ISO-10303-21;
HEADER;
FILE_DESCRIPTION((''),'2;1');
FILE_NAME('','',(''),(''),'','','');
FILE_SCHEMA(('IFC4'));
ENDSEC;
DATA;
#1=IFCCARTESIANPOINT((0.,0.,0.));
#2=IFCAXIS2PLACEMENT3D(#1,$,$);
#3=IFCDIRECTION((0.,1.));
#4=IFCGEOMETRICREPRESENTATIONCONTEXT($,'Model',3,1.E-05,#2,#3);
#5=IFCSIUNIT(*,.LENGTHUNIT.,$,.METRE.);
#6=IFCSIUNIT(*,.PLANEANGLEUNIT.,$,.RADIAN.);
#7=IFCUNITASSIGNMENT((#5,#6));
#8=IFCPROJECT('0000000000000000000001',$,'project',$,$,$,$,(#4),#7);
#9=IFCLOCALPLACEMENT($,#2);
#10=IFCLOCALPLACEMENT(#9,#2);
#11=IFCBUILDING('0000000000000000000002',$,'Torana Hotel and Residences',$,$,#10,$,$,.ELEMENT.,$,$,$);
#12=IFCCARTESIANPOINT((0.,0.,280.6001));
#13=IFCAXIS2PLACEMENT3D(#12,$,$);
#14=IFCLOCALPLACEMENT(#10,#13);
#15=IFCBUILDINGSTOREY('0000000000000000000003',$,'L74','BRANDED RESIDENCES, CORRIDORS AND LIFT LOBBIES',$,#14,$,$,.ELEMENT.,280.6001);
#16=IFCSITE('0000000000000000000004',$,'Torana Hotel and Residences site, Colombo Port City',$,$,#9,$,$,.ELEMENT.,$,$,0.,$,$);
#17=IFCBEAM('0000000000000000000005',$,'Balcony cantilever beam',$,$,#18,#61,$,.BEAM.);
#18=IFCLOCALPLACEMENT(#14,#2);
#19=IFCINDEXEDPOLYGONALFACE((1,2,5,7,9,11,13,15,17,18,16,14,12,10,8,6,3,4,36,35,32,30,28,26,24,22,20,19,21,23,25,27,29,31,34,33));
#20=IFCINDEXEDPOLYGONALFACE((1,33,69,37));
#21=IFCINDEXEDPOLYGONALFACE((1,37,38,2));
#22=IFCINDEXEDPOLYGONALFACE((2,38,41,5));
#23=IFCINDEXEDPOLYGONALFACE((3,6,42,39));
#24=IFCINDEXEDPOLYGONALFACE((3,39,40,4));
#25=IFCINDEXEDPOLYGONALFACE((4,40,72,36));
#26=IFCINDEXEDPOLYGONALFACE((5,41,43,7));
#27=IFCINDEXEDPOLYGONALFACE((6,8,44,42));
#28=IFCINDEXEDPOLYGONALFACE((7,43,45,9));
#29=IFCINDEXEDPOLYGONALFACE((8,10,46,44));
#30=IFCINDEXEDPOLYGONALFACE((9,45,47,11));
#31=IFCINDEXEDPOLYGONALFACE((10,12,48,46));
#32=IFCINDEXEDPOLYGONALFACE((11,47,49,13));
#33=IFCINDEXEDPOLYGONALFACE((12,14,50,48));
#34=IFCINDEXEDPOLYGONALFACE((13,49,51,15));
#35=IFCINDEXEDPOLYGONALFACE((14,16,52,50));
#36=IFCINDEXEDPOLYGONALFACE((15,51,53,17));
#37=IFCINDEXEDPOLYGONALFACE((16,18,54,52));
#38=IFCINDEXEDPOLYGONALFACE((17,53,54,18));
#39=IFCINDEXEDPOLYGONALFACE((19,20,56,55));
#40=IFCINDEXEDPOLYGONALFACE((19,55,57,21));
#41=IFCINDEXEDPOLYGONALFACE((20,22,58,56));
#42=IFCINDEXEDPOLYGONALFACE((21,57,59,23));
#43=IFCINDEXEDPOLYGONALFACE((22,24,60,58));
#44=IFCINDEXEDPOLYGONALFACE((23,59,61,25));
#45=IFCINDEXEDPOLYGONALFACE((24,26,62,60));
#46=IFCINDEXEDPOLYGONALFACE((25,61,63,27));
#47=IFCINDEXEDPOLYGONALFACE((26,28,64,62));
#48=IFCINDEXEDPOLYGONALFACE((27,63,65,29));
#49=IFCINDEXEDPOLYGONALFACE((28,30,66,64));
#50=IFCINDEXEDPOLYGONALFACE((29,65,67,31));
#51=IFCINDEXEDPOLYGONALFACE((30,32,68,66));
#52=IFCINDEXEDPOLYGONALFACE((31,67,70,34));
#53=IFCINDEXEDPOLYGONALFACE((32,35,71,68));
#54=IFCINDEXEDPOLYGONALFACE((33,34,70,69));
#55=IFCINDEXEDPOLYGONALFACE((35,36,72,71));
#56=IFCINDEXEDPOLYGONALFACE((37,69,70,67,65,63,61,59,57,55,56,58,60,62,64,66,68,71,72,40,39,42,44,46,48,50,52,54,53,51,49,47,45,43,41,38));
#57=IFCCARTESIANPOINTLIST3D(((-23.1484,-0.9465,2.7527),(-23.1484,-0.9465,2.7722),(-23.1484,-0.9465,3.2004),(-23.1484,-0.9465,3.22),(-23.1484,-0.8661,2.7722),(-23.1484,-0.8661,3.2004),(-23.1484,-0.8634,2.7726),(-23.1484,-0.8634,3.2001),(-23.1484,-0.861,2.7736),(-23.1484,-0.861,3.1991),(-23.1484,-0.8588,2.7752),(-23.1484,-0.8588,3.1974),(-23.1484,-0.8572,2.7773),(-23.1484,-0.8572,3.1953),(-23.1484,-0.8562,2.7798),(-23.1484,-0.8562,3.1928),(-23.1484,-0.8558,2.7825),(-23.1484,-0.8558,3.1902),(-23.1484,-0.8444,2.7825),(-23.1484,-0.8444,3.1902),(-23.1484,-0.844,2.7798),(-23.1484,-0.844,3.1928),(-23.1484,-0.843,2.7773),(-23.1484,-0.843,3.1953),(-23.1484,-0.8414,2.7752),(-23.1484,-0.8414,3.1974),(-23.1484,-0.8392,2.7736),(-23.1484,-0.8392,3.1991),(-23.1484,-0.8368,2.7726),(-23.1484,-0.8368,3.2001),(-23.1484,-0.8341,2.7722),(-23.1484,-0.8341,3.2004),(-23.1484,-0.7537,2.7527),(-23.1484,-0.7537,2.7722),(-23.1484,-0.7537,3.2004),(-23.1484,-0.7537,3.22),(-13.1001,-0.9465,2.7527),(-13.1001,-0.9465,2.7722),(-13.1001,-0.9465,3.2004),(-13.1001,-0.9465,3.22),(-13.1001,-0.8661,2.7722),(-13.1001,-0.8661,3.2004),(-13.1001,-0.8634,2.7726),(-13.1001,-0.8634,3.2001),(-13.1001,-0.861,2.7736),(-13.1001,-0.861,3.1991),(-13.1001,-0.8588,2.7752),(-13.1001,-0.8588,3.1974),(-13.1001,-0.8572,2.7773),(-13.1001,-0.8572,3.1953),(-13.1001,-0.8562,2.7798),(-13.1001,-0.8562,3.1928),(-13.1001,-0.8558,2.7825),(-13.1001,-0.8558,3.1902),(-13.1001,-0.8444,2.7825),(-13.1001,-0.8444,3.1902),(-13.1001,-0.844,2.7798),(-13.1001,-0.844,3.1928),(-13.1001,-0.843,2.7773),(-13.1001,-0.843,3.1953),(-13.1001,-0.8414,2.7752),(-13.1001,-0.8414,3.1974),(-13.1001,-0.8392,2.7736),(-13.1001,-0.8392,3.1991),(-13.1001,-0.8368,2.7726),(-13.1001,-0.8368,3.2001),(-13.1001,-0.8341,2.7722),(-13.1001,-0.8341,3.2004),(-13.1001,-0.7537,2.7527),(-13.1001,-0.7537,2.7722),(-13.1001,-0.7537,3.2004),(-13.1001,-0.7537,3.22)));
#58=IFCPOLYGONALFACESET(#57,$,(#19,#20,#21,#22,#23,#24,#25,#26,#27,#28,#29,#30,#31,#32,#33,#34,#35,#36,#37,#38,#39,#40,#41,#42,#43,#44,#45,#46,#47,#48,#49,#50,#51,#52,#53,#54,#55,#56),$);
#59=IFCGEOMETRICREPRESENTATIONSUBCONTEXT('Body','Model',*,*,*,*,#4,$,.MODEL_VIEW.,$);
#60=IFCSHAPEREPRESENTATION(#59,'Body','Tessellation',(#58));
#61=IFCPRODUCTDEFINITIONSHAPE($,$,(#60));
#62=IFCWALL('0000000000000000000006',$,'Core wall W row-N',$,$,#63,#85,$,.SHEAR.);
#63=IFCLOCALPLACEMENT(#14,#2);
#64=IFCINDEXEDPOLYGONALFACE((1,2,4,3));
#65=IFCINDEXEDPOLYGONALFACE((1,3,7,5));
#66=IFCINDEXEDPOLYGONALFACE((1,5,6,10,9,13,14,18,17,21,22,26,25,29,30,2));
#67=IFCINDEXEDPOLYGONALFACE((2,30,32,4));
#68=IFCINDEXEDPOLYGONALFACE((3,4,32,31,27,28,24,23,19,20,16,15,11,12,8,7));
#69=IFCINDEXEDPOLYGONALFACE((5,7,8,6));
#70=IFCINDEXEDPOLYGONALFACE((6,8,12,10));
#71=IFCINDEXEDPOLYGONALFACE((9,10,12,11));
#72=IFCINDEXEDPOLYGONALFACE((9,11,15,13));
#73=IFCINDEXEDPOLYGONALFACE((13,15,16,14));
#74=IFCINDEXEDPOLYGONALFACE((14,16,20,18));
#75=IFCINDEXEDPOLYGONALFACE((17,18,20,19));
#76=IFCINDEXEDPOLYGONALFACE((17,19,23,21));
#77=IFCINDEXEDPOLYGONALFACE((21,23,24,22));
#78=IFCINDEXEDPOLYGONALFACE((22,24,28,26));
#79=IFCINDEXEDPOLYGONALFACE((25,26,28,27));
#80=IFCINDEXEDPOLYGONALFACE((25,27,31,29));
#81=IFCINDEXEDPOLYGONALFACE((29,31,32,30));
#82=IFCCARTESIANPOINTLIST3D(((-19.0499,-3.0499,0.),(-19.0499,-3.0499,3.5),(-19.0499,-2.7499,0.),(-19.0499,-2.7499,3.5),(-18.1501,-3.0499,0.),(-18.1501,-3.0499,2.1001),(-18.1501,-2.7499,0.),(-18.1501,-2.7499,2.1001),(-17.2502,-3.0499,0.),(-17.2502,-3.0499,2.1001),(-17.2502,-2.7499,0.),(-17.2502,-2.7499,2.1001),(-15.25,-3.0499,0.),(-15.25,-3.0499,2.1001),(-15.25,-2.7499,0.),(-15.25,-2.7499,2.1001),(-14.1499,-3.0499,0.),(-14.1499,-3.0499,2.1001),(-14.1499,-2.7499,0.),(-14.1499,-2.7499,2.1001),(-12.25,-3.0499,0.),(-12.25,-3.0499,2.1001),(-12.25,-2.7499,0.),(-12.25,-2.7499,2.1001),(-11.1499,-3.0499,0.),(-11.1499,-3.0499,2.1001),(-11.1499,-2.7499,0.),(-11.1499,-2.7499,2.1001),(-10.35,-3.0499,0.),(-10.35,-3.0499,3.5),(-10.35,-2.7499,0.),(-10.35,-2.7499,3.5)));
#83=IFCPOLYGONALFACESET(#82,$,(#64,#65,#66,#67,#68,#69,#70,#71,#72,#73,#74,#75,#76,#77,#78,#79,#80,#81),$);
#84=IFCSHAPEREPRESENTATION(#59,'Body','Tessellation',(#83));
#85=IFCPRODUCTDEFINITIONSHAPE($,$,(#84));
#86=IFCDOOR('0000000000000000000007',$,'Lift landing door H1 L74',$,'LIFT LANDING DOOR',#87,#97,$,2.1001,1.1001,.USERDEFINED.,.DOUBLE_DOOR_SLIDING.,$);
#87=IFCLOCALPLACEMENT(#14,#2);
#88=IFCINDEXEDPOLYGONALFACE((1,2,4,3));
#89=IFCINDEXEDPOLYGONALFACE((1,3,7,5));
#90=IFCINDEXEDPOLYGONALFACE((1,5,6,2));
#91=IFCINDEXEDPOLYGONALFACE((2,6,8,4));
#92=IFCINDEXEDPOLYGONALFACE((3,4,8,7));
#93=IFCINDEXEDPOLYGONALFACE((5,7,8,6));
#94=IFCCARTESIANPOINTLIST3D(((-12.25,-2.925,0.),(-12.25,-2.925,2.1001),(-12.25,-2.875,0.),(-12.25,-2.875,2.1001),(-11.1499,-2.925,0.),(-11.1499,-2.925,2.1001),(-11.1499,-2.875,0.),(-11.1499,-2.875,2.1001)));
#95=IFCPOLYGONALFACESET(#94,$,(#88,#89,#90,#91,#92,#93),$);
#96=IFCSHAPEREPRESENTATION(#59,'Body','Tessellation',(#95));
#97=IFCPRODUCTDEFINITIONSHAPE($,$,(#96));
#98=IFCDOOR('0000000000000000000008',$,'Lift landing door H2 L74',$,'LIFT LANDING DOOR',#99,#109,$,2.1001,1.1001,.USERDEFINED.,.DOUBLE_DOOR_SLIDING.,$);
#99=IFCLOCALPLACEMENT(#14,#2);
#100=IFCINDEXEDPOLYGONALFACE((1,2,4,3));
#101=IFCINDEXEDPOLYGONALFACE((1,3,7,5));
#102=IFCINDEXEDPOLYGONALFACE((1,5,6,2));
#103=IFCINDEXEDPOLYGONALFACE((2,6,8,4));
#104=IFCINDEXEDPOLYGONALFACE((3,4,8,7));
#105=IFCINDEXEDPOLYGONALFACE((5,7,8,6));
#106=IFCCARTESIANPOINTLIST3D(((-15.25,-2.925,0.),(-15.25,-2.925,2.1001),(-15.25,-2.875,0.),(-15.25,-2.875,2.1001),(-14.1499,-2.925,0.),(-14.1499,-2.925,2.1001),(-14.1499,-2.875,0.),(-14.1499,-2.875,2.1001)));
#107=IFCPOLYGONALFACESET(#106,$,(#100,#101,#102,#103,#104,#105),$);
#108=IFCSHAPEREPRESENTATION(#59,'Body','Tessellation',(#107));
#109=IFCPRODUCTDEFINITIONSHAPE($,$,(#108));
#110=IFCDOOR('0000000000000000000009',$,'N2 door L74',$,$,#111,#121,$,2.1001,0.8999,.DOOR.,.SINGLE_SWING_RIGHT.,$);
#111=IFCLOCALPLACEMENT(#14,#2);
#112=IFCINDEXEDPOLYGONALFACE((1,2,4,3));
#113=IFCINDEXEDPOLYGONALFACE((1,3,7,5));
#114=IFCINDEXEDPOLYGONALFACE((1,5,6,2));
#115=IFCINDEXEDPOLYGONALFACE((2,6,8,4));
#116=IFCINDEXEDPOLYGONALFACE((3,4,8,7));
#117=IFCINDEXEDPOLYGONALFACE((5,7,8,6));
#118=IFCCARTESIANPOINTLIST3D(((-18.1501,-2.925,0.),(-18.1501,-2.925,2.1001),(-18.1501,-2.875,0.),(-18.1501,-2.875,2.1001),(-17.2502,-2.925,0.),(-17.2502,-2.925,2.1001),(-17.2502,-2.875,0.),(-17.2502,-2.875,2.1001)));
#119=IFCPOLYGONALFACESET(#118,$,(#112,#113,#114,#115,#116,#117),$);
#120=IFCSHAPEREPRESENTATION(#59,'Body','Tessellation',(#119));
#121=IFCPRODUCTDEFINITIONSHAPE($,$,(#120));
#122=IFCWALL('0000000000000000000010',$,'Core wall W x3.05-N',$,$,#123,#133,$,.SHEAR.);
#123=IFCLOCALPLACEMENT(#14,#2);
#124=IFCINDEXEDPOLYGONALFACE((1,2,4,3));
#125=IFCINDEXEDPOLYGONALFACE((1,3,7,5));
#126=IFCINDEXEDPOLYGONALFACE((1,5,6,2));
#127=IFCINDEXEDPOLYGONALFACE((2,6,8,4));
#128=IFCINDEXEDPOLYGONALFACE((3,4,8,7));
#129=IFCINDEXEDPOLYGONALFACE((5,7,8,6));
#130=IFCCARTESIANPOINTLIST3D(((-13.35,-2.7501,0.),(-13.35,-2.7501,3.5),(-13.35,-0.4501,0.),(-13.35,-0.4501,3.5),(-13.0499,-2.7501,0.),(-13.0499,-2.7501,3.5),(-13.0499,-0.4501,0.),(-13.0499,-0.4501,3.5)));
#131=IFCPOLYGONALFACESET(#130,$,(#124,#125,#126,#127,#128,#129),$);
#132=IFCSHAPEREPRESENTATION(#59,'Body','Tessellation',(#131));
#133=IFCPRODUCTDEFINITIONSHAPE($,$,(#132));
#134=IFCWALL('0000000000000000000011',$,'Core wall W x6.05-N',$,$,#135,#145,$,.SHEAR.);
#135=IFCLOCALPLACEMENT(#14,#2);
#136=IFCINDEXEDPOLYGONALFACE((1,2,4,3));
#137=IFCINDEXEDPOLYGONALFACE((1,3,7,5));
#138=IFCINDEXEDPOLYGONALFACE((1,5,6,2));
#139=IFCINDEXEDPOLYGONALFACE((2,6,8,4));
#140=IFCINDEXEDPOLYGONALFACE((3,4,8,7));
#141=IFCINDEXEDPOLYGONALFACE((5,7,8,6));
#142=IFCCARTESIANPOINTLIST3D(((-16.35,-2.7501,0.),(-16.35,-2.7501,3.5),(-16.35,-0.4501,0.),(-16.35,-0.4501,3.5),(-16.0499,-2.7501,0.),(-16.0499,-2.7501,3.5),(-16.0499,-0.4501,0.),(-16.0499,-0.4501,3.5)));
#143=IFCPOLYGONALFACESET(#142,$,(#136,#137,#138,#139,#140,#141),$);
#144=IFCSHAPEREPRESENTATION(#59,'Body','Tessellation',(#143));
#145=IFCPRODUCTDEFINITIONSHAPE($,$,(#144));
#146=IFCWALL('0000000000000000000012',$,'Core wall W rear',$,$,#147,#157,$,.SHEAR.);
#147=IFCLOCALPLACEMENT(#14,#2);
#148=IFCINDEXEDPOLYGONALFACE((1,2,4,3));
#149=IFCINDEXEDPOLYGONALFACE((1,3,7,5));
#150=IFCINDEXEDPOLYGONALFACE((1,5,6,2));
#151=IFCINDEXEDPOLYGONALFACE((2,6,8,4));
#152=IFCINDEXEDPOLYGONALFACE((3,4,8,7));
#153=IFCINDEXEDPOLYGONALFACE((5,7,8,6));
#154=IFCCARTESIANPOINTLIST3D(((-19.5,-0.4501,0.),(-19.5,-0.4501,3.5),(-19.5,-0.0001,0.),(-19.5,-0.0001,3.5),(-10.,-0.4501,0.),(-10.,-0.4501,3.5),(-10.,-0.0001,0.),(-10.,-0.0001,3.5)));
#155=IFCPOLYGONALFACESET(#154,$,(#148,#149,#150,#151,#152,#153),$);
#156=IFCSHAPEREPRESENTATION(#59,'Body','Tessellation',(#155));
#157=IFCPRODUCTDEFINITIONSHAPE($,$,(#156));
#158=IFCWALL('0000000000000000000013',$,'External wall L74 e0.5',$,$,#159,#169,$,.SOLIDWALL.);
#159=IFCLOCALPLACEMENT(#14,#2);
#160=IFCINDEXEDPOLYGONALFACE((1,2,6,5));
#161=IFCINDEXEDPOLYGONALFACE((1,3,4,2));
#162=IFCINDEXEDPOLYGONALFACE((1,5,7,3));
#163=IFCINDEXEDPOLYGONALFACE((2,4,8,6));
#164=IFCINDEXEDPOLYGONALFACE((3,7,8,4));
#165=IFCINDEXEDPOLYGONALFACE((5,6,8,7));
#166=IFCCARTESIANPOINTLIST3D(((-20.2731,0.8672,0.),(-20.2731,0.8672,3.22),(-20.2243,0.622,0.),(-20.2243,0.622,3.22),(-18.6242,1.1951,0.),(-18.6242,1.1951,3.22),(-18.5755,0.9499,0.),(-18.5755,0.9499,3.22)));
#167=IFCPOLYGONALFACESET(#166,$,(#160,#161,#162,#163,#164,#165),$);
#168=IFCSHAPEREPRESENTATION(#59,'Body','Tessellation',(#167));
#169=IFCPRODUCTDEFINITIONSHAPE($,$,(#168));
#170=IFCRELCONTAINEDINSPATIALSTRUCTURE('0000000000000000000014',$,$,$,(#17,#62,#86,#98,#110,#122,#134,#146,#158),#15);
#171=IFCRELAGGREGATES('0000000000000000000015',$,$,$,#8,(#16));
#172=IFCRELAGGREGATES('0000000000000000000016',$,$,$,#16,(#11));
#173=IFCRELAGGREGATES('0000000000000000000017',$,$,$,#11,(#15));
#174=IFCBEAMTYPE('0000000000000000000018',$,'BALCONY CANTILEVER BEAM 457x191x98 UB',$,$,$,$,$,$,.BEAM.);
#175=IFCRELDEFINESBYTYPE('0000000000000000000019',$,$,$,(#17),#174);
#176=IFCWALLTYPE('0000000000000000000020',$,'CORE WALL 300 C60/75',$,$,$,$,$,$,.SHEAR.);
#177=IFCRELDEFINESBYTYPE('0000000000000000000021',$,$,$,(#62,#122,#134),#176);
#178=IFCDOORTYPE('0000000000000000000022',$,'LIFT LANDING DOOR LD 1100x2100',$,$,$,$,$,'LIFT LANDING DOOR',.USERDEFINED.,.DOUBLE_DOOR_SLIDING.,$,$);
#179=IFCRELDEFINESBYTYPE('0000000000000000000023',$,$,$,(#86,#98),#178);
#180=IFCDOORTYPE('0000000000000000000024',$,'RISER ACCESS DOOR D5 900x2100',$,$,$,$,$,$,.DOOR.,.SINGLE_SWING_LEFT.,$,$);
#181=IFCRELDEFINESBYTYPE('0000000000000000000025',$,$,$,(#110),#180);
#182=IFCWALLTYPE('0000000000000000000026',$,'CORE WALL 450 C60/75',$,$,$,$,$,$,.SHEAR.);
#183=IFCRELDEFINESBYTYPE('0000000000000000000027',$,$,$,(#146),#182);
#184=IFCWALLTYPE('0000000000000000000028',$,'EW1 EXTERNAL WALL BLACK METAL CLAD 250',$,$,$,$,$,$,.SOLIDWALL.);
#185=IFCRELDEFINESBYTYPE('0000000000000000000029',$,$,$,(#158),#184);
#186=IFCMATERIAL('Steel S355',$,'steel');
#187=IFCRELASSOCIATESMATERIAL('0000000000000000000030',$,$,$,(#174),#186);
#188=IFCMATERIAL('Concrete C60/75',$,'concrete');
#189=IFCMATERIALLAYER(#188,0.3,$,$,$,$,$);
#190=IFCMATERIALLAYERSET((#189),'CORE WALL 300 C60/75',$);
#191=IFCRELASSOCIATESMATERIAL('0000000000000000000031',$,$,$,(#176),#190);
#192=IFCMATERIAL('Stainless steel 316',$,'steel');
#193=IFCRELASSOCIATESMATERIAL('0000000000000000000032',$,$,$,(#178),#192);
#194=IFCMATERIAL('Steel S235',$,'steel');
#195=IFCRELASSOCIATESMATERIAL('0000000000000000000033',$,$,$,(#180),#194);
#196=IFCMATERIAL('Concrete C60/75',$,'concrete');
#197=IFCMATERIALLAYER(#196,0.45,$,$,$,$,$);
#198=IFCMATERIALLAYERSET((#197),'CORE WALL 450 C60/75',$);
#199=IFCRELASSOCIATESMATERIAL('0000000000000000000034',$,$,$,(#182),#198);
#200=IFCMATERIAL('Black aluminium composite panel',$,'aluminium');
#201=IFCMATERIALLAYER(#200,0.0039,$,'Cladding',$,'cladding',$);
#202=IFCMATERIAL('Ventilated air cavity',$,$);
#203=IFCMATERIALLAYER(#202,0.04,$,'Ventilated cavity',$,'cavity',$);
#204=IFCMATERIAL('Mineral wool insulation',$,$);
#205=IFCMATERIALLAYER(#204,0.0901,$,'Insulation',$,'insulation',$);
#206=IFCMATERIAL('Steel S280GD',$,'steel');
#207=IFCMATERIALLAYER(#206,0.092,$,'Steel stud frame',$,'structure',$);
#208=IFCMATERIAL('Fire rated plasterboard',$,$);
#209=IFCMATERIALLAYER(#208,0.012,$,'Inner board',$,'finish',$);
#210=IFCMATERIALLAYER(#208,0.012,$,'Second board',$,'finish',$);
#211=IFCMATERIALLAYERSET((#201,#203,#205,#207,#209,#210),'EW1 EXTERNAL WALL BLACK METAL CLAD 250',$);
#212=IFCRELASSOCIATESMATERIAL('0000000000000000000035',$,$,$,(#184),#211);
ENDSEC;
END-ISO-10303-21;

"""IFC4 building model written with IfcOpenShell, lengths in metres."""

from ifc_helpers import new_model, si_unit, direction, frame, frame_2d, origin, origin_2d, place, context, subcontext, project, spatial, rectangle, i_section, extrude, material, layer, layer_set, material_profile, profile_set, type_object, element, fill, save


model = new_model("IFC4")

# Units and contexts
model_context = context("Model", 3, precision=1e-05, world=origin(), true_north=direction((0.0, 1.0)))
body_context = subcontext(model_context, "Body", "Model", "MODEL_VIEW")
ifc_project = project(units=[si_unit("LENGTHUNIT", "METRE"), si_unit("PLANEANGLEUNIT", "RADIAN")], contexts=[model_context])

# Site, building, storey
site_placement = place(None, origin())
site = spatial("IfcSite", under=ifc_project, at=site_placement, Name="Torana Hotel and Residences site, Colombo Port City", CompositionType="ELEMENT", RefElevation=0.0)
building_placement = place(site_placement, origin())
building = spatial("IfcBuilding", under=site, at=building_placement, Name="Torana Hotel and Residences", CompositionType="ELEMENT")
storey_placement = place(building_placement, frame((0.0, 0.0, 280.6001)))
storey = spatial("IfcBuildingStorey", under=building, at=storey_placement, Name="L74", Description="BRANDED RESIDENCES, CORRIDORS AND LIFT LOBBIES", CompositionType="ELEMENT", Elevation=280.6001)

# Beam
ifc_material_1 = material(Name="Steel S355", Category="steel")
ifc_material_profile = material_profile(ifc_material_1, i_section(OverallWidth=0.1929, OverallDepth=0.4673, WebThickness=0.0115, FlangeThickness=0.0195, FilletRadius=0.0103, at=origin_2d()), Name="457x191x98 UB")
ifc_profile_set = profile_set([ifc_material_profile], Name="Steel S355")
beam_type = type_object("IfcBeamType", Name="BALCONY CANTILEVER BEAM 457x191x98 UB", PredefinedType="BEAM", material=ifc_profile_set)
beam_placement = place(storey_placement, frame((-23.1484, -0.8501, 2.9863), z_axis=(1.0, 0.0, 0.0), x_axis=(0.0, 1.0, 0.0)))
element("IfcBeam", 1, at=beam_placement, inside=storey, type_object=beam_type, Name="Balcony cantilever beam", PredefinedType="BEAM", context=body_context, shape_type="SweptSolid", body=[
    extrude(i_section(OverallWidth=0.1929, OverallDepth=0.4673, WebThickness=0.0115, FlangeThickness=0.0195, FilletRadius=0.0103, at=origin_2d()), origin(), (0.0, 0.0, 1.0), 10.0483),
])

# Wall, openings, doors
ifc_material_2 = material(Name="Concrete C60/75", Category="concrete")
ifc_layer_1 = layer(ifc_material_2, 0.3)
ifc_layer_set_1 = layer_set([ifc_layer_1], Name="CORE WALL 300 C60/75")
wall_type_1 = type_object("IfcWallType", Name="CORE WALL 300 C60/75", PredefinedType="SHEAR", material=ifc_layer_set_1)
wall_1_placement = place(storey_placement, frame((-19.05, -2.8999, 0.0), z_axis=(0.0, 0.0, 1.0), x_axis=(1.0, 0.0, 0.0)))
wall_1 = element("IfcWall", 2, at=wall_1_placement, inside=storey, type_object=wall_type_1, Name="Core wall W row-N", PredefinedType="SHEAR", context=body_context, shape_type="SweptSolid", body=[
    extrude(rectangle(XDim=8.7, YDim=0.3, at=frame_2d((4.3501, 0.0))), origin(), (0.0, 0.0, 1.0), 3.5),
])
opening_1_placement = place(wall_1_placement, frame((6.8, 0.0, 0.0)))
opening_1 = element("IfcOpeningElement", 3, at=opening_1_placement, cuts=wall_1, PredefinedType="OPENING", context=body_context, shape_type="SweptSolid", body=[
    extrude(rectangle(XDim=1.1001, YDim=2.1001, at=frame_2d((0.55, 1.05))), frame((0.0, 0.1599, 0.0), z_axis=(0.0, -1.0, 0.0), x_axis=(1.0, 0.0, 0.0)), (0.0, 0.0, 1.0), 0.3201),
])
opening_2_placement = place(wall_1_placement, frame((3.8, 0.0, 0.0)))
opening_2 = element("IfcOpeningElement", 4, at=opening_2_placement, cuts=wall_1, PredefinedType="OPENING", context=body_context, shape_type="SweptSolid", body=[
    extrude(rectangle(XDim=1.1001, YDim=2.1001, at=frame_2d((0.55, 1.05))), frame((0.0, 0.1599, 0.0), z_axis=(0.0, -1.0, 0.0), x_axis=(1.0, 0.0, 0.0)), (0.0, 0.0, 1.0), 0.3201),
])
opening_3_placement = place(wall_1_placement, frame((0.8999, 0.0, 0.0)))
opening_3 = element("IfcOpeningElement", 5, at=opening_3_placement, cuts=wall_1, PredefinedType="OPENING", context=body_context, shape_type="SweptSolid", body=[
    extrude(rectangle(XDim=0.8999, YDim=2.1001, at=frame_2d((0.45, 1.05))), frame((0.0, 0.1599, 0.0), z_axis=(0.0, -1.0, 0.0), x_axis=(1.0, 0.0, 0.0)), (0.0, 0.0, 1.0), 0.3201),
])
ifc_material_3 = material(Name="Stainless steel 316", Category="steel")
door_type_1 = type_object("IfcDoorType", Name="LIFT LANDING DOOR LD 1100x2100", ElementType="LIFT LANDING DOOR", OperationType="DOUBLE_DOOR_SLIDING", PredefinedType="USERDEFINED", material=ifc_material_3)
door_1_placement = place(opening_1_placement, origin())
door_1 = element("IfcDoor", 6, at=door_1_placement, inside=storey, type_object=door_type_1, Name="Lift landing door H1 L74", ObjectType="LIFT LANDING DOOR", OperationType="DOUBLE_DOOR_SLIDING", OverallHeight=2.1001, OverallWidth=1.1001, PredefinedType="USERDEFINED", context=body_context, shape_type="SweptSolid", body=[
    extrude(rectangle(XDim=1.1001, YDim=2.1001, at=frame_2d((0.55, 1.05))), frame((0.0, 0.0249, 0.0), z_axis=(0.0, -1.0, 0.0), x_axis=(1.0, 0.0, 0.0)), (0.0, 0.0, 1.0), 0.05),
])
fill(opening_1, door_1)
door_2_placement = place(opening_2_placement, origin())
door_2 = element("IfcDoor", 7, at=door_2_placement, inside=storey, type_object=door_type_1, Name="Lift landing door H2 L74", ObjectType="LIFT LANDING DOOR", OperationType="DOUBLE_DOOR_SLIDING", OverallHeight=2.1001, OverallWidth=1.1001, PredefinedType="USERDEFINED", context=body_context, shape_type="SweptSolid", body=[
    extrude(rectangle(XDim=1.1001, YDim=2.1001, at=frame_2d((0.55, 1.05))), frame((0.0, 0.0249, 0.0), z_axis=(0.0, -1.0, 0.0), x_axis=(1.0, 0.0, 0.0)), (0.0, 0.0, 1.0), 0.05),
])
fill(opening_2, door_2)
ifc_material_4 = material(Name="Steel S235", Category="steel")
door_type_2 = type_object("IfcDoorType", Name="RISER ACCESS DOOR D5 900x2100", OperationType="SINGLE_SWING_LEFT", PredefinedType="DOOR", material=ifc_material_4)
door_3_placement = place(opening_3_placement, origin())
door_3 = element("IfcDoor", 8, at=door_3_placement, inside=storey, type_object=door_type_2, Name="N2 door L74", OperationType="SINGLE_SWING_RIGHT", OverallHeight=2.1001, OverallWidth=0.8999, PredefinedType="DOOR", context=body_context, shape_type="SweptSolid", body=[
    extrude(rectangle(XDim=0.8999, YDim=2.1001, at=frame_2d((0.45, 1.05))), frame((0.0, 0.0249, 0.0), z_axis=(0.0, -1.0, 0.0), x_axis=(1.0, 0.0, 0.0)), (0.0, 0.0, 1.0), 0.05),
])
fill(opening_3, door_3)

# Walls
for number, where, z_axis, x_axis, name in (
    (9, (-13.2, -2.75, 0.0), (0.0, 0.0, 1.0), (0.0, 1.0, 0.0), "Core wall W x3.05-N"),
    (10, (-16.2, -2.75, 0.0), (0.0, 0.0, 1.0), (0.0, 1.0, 0.0), "Core wall W x6.05-N"),
):
    element("IfcWall", number, at=place(storey_placement, frame(where, z_axis=z_axis, x_axis=x_axis)), inside=storey, type_object=wall_type_1, Name=name, PredefinedType="SHEAR", context=body_context, shape_type="SweptSolid", body=[
        extrude(rectangle(XDim=2.3, YDim=0.3, at=frame_2d((1.1499, 0.0))), origin(), (0.0, 0.0, 1.0), 3.5),
    ])
ifc_material_5 = material(Name="Concrete C60/75", Category="concrete")
ifc_layer_2 = layer(ifc_material_5, 0.45)
ifc_layer_set_2 = layer_set([ifc_layer_2], Name="CORE WALL 450 C60/75")
wall_type_2 = type_object("IfcWallType", Name="CORE WALL 450 C60/75", PredefinedType="SHEAR", material=ifc_layer_set_2)
wall_2_placement = place(storey_placement, frame((-19.5, -0.2251, 0.0), z_axis=(0.0, 0.0, 1.0), x_axis=(1.0, 0.0, 0.0)))
element("IfcWall", 11, at=wall_2_placement, inside=storey, type_object=wall_type_2, Name="Core wall W rear", PredefinedType="SHEAR", context=body_context, shape_type="SweptSolid", body=[
    extrude(rectangle(XDim=9.5, YDim=0.45, at=frame_2d((4.75, 0.0))), origin(), (0.0, 0.0, 1.0), 3.5),
])
ifc_material_6 = material(Name="Black aluminium composite panel", Category="aluminium")
ifc_layer_3 = layer(ifc_material_6, 0.0039, Name="Cladding", Category="cladding")
ifc_material_7 = material(Name="Ventilated air cavity")
ifc_layer_4 = layer(ifc_material_7, 0.04, Name="Ventilated cavity", Category="cavity")
ifc_material_8 = material(Name="Mineral wool insulation")
ifc_layer_5 = layer(ifc_material_8, 0.0901, Name="Insulation", Category="insulation")
ifc_material_9 = material(Name="Steel S280GD", Category="steel")
ifc_layer_6 = layer(ifc_material_9, 0.092, Name="Steel stud frame", Category="structure")
ifc_material_10 = material(Name="Fire rated plasterboard")
ifc_layer_7 = layer(ifc_material_10, 0.012, Name="Inner board", Category="finish")
ifc_layer_8 = layer(ifc_material_10, 0.012, Name="Second board", Category="finish")
ifc_layer_set_3 = layer_set([ifc_layer_3, ifc_layer_4, ifc_layer_5, ifc_layer_6, ifc_layer_7, ifc_layer_8], Name="EW1 EXTERNAL WALL BLACK METAL CLAD 250")
wall_type_3 = type_object("IfcWallType", Name="EW1 EXTERNAL WALL BLACK METAL CLAD 250", PredefinedType="SOLIDWALL", material=ifc_layer_set_3)
wall_3_placement = place(storey_placement, frame((-18.5999, 1.0725, 0.0), z_axis=(0.0, 0.0, 1.0), x_axis=(-0.980798, -0.195027, 0.0)))
element("IfcWall", 12, at=wall_3_placement, inside=storey, type_object=wall_type_3, Name="External wall L74 e0.5", PredefinedType="SOLIDWALL", context=body_context, shape_type="SweptSolid", body=[
    extrude(rectangle(XDim=1.6812, YDim=0.25, at=frame_2d((0.8406, 0.0))), origin(), (0.0, 0.0, 1.0), 3.22),
])

save(model, "model.ifc")
